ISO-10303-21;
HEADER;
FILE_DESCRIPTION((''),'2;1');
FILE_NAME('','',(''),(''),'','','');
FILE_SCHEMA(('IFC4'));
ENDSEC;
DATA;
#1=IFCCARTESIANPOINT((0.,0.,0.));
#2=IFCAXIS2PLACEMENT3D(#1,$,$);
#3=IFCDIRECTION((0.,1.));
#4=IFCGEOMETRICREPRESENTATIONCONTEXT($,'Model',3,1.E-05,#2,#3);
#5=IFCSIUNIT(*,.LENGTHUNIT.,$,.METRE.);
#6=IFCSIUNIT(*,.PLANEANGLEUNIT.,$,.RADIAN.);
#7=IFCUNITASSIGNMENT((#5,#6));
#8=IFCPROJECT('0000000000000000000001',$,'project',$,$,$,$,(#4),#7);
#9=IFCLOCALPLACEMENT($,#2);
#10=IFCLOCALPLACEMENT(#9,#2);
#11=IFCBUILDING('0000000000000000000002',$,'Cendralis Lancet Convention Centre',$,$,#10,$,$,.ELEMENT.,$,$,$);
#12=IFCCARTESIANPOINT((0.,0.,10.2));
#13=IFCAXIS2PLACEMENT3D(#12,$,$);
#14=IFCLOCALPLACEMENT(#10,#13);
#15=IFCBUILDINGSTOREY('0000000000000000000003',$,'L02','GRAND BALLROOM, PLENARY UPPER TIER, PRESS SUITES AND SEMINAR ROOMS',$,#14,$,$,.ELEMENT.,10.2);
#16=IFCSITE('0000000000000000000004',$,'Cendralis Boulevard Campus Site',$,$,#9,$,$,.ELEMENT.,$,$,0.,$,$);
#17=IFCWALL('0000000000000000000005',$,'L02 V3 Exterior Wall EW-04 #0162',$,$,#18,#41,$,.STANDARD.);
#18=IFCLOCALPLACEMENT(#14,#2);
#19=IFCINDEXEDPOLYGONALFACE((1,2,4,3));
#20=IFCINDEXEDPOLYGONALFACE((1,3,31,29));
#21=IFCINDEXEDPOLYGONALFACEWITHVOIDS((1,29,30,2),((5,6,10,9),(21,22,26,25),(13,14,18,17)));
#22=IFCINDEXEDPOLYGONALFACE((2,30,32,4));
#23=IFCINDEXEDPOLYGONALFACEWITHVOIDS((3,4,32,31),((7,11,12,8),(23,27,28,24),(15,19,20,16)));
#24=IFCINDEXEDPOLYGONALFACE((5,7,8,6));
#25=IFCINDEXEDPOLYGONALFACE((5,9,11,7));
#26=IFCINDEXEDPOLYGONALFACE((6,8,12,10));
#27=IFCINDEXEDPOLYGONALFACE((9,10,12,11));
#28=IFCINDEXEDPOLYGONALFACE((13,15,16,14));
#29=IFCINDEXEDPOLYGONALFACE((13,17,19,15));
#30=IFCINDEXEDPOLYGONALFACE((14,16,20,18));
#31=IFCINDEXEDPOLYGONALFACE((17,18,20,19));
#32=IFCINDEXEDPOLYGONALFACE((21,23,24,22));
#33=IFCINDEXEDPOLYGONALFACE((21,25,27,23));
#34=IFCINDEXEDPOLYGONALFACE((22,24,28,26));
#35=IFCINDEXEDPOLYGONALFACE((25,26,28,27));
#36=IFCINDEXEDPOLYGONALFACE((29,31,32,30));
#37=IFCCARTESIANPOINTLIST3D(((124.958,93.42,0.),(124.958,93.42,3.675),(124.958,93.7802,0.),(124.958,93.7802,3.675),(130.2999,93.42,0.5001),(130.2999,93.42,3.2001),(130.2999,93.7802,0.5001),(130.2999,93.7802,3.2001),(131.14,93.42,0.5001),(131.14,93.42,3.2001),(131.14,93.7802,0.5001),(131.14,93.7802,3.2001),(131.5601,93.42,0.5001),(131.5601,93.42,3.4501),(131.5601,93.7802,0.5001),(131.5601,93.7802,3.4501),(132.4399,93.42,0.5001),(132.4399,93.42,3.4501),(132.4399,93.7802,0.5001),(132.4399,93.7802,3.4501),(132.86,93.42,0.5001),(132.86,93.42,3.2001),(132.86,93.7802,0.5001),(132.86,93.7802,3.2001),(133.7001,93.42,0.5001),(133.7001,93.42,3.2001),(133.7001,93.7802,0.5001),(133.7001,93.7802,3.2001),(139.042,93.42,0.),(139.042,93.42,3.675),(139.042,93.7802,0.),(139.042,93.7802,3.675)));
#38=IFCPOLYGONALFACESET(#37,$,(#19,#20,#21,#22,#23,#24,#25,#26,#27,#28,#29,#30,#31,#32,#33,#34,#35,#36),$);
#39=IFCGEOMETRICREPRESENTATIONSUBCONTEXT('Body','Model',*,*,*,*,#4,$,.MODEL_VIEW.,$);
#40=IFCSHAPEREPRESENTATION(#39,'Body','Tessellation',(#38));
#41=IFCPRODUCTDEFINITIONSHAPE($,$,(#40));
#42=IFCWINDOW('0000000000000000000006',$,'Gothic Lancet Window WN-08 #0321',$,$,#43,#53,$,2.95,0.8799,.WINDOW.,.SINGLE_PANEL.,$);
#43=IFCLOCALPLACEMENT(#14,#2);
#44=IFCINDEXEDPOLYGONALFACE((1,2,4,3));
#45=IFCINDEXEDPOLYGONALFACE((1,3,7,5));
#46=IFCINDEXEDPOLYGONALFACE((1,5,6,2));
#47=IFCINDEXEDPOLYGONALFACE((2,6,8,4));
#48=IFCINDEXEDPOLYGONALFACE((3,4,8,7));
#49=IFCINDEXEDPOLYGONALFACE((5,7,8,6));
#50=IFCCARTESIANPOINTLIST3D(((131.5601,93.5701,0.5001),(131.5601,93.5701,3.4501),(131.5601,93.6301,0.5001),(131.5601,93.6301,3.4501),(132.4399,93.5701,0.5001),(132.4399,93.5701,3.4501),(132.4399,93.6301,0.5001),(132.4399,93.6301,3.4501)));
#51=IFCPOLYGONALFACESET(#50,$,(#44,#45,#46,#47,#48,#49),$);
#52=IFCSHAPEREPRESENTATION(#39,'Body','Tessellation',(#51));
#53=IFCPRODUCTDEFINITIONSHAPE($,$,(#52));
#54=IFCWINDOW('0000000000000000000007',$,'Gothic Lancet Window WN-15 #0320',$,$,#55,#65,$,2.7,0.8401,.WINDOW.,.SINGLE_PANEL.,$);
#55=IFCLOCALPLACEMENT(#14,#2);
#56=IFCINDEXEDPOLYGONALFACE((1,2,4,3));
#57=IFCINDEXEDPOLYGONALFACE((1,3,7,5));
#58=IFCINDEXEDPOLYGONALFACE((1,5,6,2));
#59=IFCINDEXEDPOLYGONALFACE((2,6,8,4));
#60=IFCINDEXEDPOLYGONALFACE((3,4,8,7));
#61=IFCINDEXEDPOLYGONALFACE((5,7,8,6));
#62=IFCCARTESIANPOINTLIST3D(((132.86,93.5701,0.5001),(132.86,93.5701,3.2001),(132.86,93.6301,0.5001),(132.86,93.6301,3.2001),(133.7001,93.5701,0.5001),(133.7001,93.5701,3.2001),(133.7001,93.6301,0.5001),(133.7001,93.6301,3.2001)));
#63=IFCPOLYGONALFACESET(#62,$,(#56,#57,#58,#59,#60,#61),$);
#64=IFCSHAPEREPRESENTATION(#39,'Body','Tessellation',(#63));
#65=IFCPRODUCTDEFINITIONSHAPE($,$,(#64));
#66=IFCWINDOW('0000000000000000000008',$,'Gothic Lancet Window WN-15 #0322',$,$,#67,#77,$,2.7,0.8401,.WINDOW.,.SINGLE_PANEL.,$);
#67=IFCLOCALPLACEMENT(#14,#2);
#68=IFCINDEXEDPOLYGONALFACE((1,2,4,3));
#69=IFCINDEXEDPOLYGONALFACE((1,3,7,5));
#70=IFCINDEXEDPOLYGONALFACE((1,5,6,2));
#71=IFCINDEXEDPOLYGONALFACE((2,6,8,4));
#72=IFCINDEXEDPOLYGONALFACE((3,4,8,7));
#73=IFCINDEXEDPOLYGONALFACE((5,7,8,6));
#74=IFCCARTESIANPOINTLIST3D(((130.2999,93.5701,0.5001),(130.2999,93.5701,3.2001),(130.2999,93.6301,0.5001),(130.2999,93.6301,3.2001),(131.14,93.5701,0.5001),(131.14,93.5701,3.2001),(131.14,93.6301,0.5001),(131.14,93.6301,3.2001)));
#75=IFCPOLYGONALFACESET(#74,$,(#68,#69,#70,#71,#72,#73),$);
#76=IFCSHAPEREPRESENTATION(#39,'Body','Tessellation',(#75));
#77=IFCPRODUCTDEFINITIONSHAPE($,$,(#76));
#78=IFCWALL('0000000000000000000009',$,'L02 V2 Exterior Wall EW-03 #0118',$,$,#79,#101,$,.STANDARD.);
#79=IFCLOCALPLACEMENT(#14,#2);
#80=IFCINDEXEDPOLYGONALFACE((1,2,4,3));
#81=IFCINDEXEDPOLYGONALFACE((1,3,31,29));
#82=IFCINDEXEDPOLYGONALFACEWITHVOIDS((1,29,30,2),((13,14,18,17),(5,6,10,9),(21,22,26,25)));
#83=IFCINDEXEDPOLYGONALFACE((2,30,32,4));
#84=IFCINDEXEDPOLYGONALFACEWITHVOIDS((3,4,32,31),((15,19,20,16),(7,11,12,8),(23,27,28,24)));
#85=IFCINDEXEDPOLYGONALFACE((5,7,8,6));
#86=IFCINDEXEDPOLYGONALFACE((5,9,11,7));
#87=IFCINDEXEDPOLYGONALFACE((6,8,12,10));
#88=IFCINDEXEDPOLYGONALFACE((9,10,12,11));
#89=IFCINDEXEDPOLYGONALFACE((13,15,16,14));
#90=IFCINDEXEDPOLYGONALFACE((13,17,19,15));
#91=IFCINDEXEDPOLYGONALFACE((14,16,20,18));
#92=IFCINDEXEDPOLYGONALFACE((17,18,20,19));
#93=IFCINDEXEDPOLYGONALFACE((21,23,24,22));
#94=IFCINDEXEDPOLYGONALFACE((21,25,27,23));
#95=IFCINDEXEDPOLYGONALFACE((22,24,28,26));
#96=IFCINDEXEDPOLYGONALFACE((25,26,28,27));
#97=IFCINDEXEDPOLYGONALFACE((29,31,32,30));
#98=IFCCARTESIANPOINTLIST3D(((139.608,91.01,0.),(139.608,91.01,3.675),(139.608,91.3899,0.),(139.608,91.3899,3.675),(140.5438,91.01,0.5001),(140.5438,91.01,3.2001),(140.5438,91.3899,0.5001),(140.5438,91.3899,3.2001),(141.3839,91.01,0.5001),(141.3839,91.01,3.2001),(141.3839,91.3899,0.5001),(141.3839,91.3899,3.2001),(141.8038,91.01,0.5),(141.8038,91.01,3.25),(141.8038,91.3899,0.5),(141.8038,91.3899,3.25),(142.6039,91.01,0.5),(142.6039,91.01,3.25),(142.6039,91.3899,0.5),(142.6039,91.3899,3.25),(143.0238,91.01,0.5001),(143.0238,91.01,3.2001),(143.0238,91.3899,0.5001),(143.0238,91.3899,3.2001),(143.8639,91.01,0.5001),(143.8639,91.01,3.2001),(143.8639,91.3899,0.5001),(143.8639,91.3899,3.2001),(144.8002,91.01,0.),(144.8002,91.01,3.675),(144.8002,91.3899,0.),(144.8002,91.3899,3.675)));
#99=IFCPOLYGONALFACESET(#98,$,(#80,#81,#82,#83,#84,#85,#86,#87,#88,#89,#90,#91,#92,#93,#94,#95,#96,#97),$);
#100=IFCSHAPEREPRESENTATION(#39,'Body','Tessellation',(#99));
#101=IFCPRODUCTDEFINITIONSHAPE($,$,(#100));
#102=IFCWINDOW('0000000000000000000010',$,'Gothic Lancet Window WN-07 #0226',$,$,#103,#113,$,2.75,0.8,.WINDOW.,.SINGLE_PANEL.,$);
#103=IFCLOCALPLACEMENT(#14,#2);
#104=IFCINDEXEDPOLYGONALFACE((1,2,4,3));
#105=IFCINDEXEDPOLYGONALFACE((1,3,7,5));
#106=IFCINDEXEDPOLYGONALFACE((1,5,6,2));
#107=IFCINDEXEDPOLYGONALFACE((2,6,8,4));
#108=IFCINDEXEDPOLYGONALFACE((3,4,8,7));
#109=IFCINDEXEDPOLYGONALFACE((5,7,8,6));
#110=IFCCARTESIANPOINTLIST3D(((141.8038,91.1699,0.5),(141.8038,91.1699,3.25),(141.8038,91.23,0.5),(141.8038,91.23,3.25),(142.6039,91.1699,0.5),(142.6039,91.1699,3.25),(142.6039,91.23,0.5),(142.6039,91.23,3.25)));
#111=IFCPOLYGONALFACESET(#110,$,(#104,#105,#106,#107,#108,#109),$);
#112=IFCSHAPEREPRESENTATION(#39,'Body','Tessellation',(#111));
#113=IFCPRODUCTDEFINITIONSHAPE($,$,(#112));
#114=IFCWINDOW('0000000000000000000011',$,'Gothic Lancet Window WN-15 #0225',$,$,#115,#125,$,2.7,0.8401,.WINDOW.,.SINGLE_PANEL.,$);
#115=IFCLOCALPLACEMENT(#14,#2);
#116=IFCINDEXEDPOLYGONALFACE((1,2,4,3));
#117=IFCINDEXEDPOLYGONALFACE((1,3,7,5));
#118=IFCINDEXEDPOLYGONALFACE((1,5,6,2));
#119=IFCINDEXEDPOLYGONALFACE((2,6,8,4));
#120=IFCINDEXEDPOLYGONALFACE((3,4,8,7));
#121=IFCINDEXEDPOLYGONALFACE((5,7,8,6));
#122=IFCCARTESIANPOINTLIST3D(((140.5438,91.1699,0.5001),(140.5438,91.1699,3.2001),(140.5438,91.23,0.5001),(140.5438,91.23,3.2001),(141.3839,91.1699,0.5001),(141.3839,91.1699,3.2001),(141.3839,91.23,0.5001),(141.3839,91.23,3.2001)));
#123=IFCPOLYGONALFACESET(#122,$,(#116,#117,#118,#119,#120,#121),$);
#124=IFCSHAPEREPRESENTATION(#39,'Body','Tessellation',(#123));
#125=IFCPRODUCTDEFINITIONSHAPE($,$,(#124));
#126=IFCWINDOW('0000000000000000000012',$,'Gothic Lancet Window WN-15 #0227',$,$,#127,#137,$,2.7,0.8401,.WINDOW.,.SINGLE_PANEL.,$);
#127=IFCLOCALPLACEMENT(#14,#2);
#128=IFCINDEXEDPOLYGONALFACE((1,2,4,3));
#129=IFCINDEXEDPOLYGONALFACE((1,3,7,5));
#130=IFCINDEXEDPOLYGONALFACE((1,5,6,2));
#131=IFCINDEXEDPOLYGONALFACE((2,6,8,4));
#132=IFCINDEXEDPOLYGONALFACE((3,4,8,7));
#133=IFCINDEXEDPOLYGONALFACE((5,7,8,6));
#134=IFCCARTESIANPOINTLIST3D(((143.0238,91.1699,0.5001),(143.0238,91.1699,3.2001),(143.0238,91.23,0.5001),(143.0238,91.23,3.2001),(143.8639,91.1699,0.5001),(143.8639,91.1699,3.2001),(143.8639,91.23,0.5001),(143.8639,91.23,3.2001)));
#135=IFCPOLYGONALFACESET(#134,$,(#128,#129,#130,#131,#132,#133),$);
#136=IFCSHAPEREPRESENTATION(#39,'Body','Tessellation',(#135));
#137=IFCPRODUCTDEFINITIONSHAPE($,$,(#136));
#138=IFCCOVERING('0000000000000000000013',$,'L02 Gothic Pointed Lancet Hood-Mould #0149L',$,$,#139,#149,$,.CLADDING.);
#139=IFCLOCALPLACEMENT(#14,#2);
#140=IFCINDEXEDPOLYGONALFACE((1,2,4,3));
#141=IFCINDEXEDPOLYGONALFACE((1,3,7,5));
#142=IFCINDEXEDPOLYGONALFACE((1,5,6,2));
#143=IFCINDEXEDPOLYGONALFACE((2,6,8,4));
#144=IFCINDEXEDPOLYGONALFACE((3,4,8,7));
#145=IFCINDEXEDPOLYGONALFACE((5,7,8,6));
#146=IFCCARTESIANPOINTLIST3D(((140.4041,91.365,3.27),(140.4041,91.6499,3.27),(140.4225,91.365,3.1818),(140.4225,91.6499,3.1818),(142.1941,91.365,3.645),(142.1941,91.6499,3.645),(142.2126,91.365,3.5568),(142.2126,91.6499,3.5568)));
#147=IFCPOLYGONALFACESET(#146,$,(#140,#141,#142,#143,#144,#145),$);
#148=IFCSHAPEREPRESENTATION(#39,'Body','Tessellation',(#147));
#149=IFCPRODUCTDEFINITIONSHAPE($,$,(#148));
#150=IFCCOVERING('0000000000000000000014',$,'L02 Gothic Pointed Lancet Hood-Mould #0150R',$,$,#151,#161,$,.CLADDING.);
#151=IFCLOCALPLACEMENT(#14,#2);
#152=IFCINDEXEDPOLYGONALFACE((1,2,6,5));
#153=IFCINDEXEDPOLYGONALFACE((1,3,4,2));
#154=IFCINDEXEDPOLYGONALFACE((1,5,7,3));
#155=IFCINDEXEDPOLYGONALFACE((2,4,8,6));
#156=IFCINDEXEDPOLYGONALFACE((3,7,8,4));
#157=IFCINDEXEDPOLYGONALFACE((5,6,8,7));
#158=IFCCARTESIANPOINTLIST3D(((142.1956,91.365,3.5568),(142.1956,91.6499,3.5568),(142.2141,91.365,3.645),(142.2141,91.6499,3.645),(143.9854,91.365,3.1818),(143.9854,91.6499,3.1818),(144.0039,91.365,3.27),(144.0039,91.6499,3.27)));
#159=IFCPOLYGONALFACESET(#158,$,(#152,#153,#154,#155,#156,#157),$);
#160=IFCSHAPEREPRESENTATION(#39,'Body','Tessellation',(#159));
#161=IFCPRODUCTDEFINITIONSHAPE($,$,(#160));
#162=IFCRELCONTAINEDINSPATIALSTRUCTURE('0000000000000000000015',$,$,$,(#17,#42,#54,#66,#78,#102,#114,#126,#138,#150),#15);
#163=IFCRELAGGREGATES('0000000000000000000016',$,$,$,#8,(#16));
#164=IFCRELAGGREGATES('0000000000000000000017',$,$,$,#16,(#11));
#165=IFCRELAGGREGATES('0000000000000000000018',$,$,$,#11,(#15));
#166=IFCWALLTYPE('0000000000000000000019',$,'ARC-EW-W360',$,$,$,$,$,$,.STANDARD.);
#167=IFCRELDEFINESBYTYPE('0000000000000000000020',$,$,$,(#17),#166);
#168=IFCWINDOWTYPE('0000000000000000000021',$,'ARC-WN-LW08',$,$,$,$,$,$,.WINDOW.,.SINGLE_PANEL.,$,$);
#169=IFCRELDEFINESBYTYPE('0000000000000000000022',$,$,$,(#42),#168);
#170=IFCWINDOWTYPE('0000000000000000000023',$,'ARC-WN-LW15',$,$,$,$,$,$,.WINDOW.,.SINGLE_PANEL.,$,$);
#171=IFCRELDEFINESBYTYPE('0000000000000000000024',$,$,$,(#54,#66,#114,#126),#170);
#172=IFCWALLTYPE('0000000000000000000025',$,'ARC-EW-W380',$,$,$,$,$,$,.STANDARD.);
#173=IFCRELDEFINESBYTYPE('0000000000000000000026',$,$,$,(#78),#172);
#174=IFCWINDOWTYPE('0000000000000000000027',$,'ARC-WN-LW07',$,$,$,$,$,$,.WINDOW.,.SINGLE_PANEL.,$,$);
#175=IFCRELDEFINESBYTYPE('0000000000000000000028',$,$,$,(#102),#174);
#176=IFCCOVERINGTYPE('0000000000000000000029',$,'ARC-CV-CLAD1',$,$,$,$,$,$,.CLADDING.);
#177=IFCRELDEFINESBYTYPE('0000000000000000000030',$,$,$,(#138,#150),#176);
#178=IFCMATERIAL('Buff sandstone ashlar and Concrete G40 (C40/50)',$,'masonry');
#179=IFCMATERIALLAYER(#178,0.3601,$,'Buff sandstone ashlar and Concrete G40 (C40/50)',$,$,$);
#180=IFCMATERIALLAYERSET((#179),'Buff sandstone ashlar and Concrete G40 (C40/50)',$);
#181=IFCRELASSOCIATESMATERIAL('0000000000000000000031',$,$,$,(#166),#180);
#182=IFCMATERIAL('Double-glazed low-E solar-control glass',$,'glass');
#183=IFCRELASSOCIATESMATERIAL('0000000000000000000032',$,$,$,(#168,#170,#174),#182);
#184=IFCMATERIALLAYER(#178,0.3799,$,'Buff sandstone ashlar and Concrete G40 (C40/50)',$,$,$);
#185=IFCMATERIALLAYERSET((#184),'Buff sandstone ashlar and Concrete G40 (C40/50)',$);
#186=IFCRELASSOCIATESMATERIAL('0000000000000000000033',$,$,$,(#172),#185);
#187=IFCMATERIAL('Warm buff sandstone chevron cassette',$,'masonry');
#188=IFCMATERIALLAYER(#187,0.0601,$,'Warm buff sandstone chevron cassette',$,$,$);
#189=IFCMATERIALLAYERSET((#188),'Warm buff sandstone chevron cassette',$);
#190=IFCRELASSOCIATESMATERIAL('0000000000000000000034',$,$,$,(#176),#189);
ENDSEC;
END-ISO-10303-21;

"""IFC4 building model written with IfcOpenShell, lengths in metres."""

from ifc_helpers import new_model, si_unit, direction, frame, frame_2d, origin, place, context, subcontext, project, spatial, polyline, rectangle, outline, extrude, material, layer, layer_set, type_object, element, fill, save


model = new_model("IFC4")

# Units and contexts
model_context = context("Model", 3, precision=1e-05, world=origin(), true_north=direction((0.0, 1.0)))
body_context = subcontext(model_context, "Body", "Model", "MODEL_VIEW")
ifc_project = project(units=[si_unit("LENGTHUNIT", "METRE"), si_unit("PLANEANGLEUNIT", "RADIAN")], contexts=[model_context])

# Site, building, storey
site_placement = place(None, origin())
site = spatial("IfcSite", under=ifc_project, at=site_placement, Name="Cendralis Boulevard Campus Site", CompositionType="ELEMENT", RefElevation=0.0)
building_placement = place(site_placement, origin())
building = spatial("IfcBuilding", under=site, at=building_placement, Name="Cendralis Lancet Convention Centre", CompositionType="ELEMENT")
storey_placement = place(building_placement, frame((0.0, 0.0, 10.2)))
storey = spatial("IfcBuildingStorey", under=building, at=storey_placement, Name="L02", Description="GRAND BALLROOM, PLENARY UPPER TIER, PRESS SUITES AND SEMINAR ROOMS", CompositionType="ELEMENT", Elevation=10.2)

# Shared definitions
ifc_material_1 = material(Name="Double-glazed low-E solar-control glass", Category="glass")

# Walls, openings, windows
ifc_material_2 = material(Name="Buff sandstone ashlar and Concrete G40 (C40/50)", Category="masonry")
ifc_layer_1 = layer(ifc_material_2, 0.3601, Name="Buff sandstone ashlar and Concrete G40 (C40/50)")
ifc_layer_set_1 = layer_set([ifc_layer_1], Name="Buff sandstone ashlar and Concrete G40 (C40/50)")
wall_type_1 = type_object("IfcWallType", Name="ARC-EW-W360", PredefinedType="STANDARD", material=ifc_layer_set_1)
wall_1_placement = place(storey_placement, frame((139.042, 93.6001, 0.0), z_axis=(0.0, 0.0, 1.0), x_axis=(-1.0, 0.0, 0.0)))
wall_1 = element("IfcWall", 1, at=wall_1_placement, inside=storey, type_object=wall_type_1, Name="L02 V3 Exterior Wall EW-04 #0162", PredefinedType="STANDARD", context=body_context, shape_type="SweptSolid", body=[
    extrude(rectangle(XDim=14.084, YDim=0.3601, at=frame_2d((7.042, 0.0))), origin(), (0.0, 0.0, 1.0), 3.675),
])
opening_1_placement = place(wall_1_placement, frame((5.342, 0.0, 0.5)))
opening_1 = element("IfcOpeningElement", 2, at=opening_1_placement, cuts=wall_1, PredefinedType="OPENING", context=body_context, shape_type="SweptSolid", body=[
    extrude(rectangle(XDim=0.8401, YDim=2.7, at=frame_2d((0.4199, 1.3501))), frame((0.0, 0.1899, 0.0), z_axis=(0.0, -1.0, 0.0), x_axis=(1.0, 0.0, 0.0)), (0.0, 0.0, 1.0), 0.3801),
])
opening_2_placement = place(wall_1_placement, frame((6.6021, 0.0, 0.5)))
opening_2 = element("IfcOpeningElement", 3, at=opening_2_placement, cuts=wall_1, PredefinedType="OPENING", context=body_context, shape_type="SweptSolid", body=[
    extrude(rectangle(XDim=0.8799, YDim=2.95, at=frame_2d((0.4399, 1.4751))), frame((0.0, 0.1899, 0.0), z_axis=(0.0, -1.0, 0.0), x_axis=(1.0, 0.0, 0.0)), (0.0, 0.0, 1.0), 0.3801),
])
opening_3_placement = place(wall_1_placement, frame((7.9021, 0.0, 0.5)))
opening_3 = element("IfcOpeningElement", 4, at=opening_3_placement, cuts=wall_1, PredefinedType="OPENING", context=body_context, shape_type="SweptSolid", body=[
    extrude(rectangle(XDim=0.8401, YDim=2.7, at=frame_2d((0.4199, 1.3501))), frame((0.0, 0.1899, 0.0), z_axis=(0.0, -1.0, 0.0), x_axis=(1.0, 0.0, 0.0)), (0.0, 0.0, 1.0), 0.3801),
])
window_type_1 = type_object("IfcWindowType", Name="ARC-WN-LW08", PartitioningType="SINGLE_PANEL", PredefinedType="WINDOW", material=ifc_material_1)
window_1_placement = place(opening_2_placement, origin())
window_1 = element("IfcWindow", 5, at=window_1_placement, inside=storey, type_object=window_type_1, Name="Gothic Lancet Window WN-08 #0321", OverallHeight=2.95, OverallWidth=0.8799, PartitioningType="SINGLE_PANEL", PredefinedType="WINDOW", context=body_context, shape_type="SweptSolid", body=[
    extrude(rectangle(XDim=0.8799, YDim=2.95, at=frame_2d((0.4399, 1.4751))), frame((0.0, 0.03, 0.0), z_axis=(0.0, -1.0, 0.0), x_axis=(1.0, 0.0, 0.0)), (0.0, 0.0, 1.0), 0.0601),
])
fill(opening_2, window_1)
window_type_2 = type_object("IfcWindowType", Name="ARC-WN-LW15", PartitioningType="SINGLE_PANEL", PredefinedType="WINDOW", material=ifc_material_1)
window_2_placement = place(opening_1_placement, origin())
window_2 = element("IfcWindow", 6, at=window_2_placement, inside=storey, type_object=window_type_2, Name="Gothic Lancet Window WN-15 #0320", OverallHeight=2.7, OverallWidth=0.8401, PartitioningType="SINGLE_PANEL", PredefinedType="WINDOW", context=body_context, shape_type="SweptSolid", body=[
    extrude(rectangle(XDim=0.8401, YDim=2.7, at=frame_2d((0.4199, 1.3501))), frame((0.0, 0.03, 0.0), z_axis=(0.0, -1.0, 0.0), x_axis=(1.0, 0.0, 0.0)), (0.0, 0.0, 1.0), 0.0601),
])
fill(opening_1, window_2)
window_3_placement = place(opening_3_placement, origin())
window_3 = element("IfcWindow", 7, at=window_3_placement, inside=storey, type_object=window_type_2, Name="Gothic Lancet Window WN-15 #0322", OverallHeight=2.7, OverallWidth=0.8401, PartitioningType="SINGLE_PANEL", PredefinedType="WINDOW", context=body_context, shape_type="SweptSolid", body=[
    extrude(rectangle(XDim=0.8401, YDim=2.7, at=frame_2d((0.4199, 1.3501))), frame((0.0, 0.03, 0.0), z_axis=(0.0, -1.0, 0.0), x_axis=(1.0, 0.0, 0.0)), (0.0, 0.0, 1.0), 0.0601),
])
fill(opening_3, window_3)
ifc_layer_2 = layer(ifc_material_2, 0.3799, Name="Buff sandstone ashlar and Concrete G40 (C40/50)")
ifc_layer_set_2 = layer_set([ifc_layer_2], Name="Buff sandstone ashlar and Concrete G40 (C40/50)")
wall_type_2 = type_object("IfcWallType", Name="ARC-EW-W380", PredefinedType="STANDARD", material=ifc_layer_set_2)
wall_2_placement = place(storey_placement, frame((139.6079, 91.2, 0.0), z_axis=(0.0, 0.0, 1.0), x_axis=(1.0, 0.0, 0.0)))
wall_2 = element("IfcWall", 8, at=wall_2_placement, inside=storey, type_object=wall_type_2, Name="L02 V2 Exterior Wall EW-03 #0118", PredefinedType="STANDARD", context=body_context, shape_type="SweptSolid", body=[
    extrude(rectangle(XDim=5.1921, YDim=0.3799, at=frame_2d((2.5962, 0.0))), origin(), (0.0, 0.0, 1.0), 3.675),
])
opening_4_placement = place(wall_2_placement, frame((0.936, 0.0, 0.5)))
opening_4 = element("IfcOpeningElement", 9, at=opening_4_placement, cuts=wall_2, PredefinedType="OPENING", context=body_context, shape_type="SweptSolid", body=[
    extrude(rectangle(XDim=0.8401, YDim=2.7, at=frame_2d((0.4199, 1.3501))), frame((0.0, 0.2, 0.0), z_axis=(0.0, -1.0, 0.0), x_axis=(1.0, 0.0, 0.0)), (0.0, 0.0, 1.0), 0.3999),
])
opening_5_placement = place(wall_2_placement, frame((2.196, 0.0, 0.5)))
opening_5 = element("IfcOpeningElement", 10, at=opening_5_placement, cuts=wall_2, PredefinedType="OPENING", context=body_context, shape_type="SweptSolid", body=[
    extrude(rectangle(XDim=0.8, YDim=2.75, at=frame_2d((0.3999, 1.375))), frame((0.0, 0.2, 0.0), z_axis=(0.0, -1.0, 0.0), x_axis=(1.0, 0.0, 0.0)), (0.0, 0.0, 1.0), 0.3999),
])
opening_6_placement = place(wall_2_placement, frame((3.416, 0.0, 0.5)))
opening_6 = element("IfcOpeningElement", 11, at=opening_6_placement, cuts=wall_2, PredefinedType="OPENING", context=body_context, shape_type="SweptSolid", body=[
    extrude(rectangle(XDim=0.8401, YDim=2.7, at=frame_2d((0.4199, 1.3501))), frame((0.0, 0.2, 0.0), z_axis=(0.0, -1.0, 0.0), x_axis=(1.0, 0.0, 0.0)), (0.0, 0.0, 1.0), 0.3999),
])
window_type_3 = type_object("IfcWindowType", Name="ARC-WN-LW07", PartitioningType="SINGLE_PANEL", PredefinedType="WINDOW", material=ifc_material_1)
window_4_placement = place(opening_5_placement, origin())
window_4 = element("IfcWindow", 12, at=window_4_placement, inside=storey, type_object=window_type_3, Name="Gothic Lancet Window WN-07 #0226", OverallHeight=2.75, OverallWidth=0.8, PartitioningType="SINGLE_PANEL", PredefinedType="WINDOW", context=body_context, shape_type="SweptSolid", body=[
    extrude(rectangle(XDim=0.8, YDim=2.75, at=frame_2d((0.3999, 1.375))), frame((0.0, 0.03, 0.0), z_axis=(0.0, -1.0, 0.0), x_axis=(1.0, 0.0, 0.0)), (0.0, 0.0, 1.0), 0.0601),
])
fill(opening_5, window_4)
window_5_placement = place(opening_4_placement, origin())
window_5 = element("IfcWindow", 13, at=window_5_placement, inside=storey, type_object=window_type_2, Name="Gothic Lancet Window WN-15 #0225", OverallHeight=2.7, OverallWidth=0.8401, PartitioningType="SINGLE_PANEL", PredefinedType="WINDOW", context=body_context, shape_type="SweptSolid", body=[
    extrude(rectangle(XDim=0.8401, YDim=2.7, at=frame_2d((0.4199, 1.3501))), frame((0.0, 0.03, 0.0), z_axis=(0.0, -1.0, 0.0), x_axis=(1.0, 0.0, 0.0)), (0.0, 0.0, 1.0), 0.0601),
])
fill(opening_4, window_5)
window_6_placement = place(opening_6_placement, origin())
window_6 = element("IfcWindow", 14, at=window_6_placement, inside=storey, type_object=window_type_2, Name="Gothic Lancet Window WN-15 #0227", OverallHeight=2.7, OverallWidth=0.8401, PartitioningType="SINGLE_PANEL", PredefinedType="WINDOW", context=body_context, shape_type="SweptSolid", body=[
    extrude(rectangle(XDim=0.8401, YDim=2.7, at=frame_2d((0.4199, 1.3501))), frame((0.0, 0.03, 0.0), z_axis=(0.0, -1.0, 0.0), x_axis=(1.0, 0.0, 0.0)), (0.0, 0.0, 1.0), 0.0601),
])
fill(opening_6, window_6)

# Coverings
ifc_material_3 = material(Name="Warm buff sandstone chevron cassette", Category="masonry")
ifc_layer_3 = layer(ifc_material_3, 0.0601, Name="Warm buff sandstone chevron cassette")
ifc_layer_set_3 = layer_set([ifc_layer_3], Name="Warm buff sandstone chevron cassette")
covering_type = type_object("IfcCoveringType", Name="ARC-CV-CLAD1", PredefinedType="CLADDING", material=ifc_layer_set_3)
covering_1_placement = place(storey_placement, frame((140.4041, 91.6499, 3.27), z_axis=(-0.205042, 0.0, 0.978753), x_axis=(0.0, -1.0, 0.0)))
element("IfcCovering", 15, at=covering_1_placement, inside=storey, type_object=covering_type, Name="L02 Gothic Pointed Lancet Hood-Mould #0149L", PredefinedType="CLADDING", context=body_context, shape_type="SweptSolid", body=[
    extrude(outline(polyline([(0.0, 0.0), (0.2849, 0.0), (0.2849, 1.8289), (0.0, 1.8289), (0.0, 0.0)])), origin(), (0.0, 0.0, -1.0), 0.0901),
])
covering_2_placement = place(storey_placement, frame((142.2141, 91.6499, 3.645), z_axis=(0.205068, 0.0, 0.978748), x_axis=(0.0, -1.0, 0.0)))
element("IfcCovering", 16, at=covering_2_placement, inside=storey, type_object=covering_type, Name="L02 Gothic Pointed Lancet Hood-Mould #0150R", PredefinedType="CLADDING", context=body_context, shape_type="SweptSolid", body=[
    extrude(outline(polyline([(0.0, 0.0), (0.2849, 0.0), (0.2849, 1.8287), (0.0, 1.8287), (0.0, 0.0)])), origin(), (0.0, 0.0, -1.0), 0.0901),
])

save(model, "model.ifc")
